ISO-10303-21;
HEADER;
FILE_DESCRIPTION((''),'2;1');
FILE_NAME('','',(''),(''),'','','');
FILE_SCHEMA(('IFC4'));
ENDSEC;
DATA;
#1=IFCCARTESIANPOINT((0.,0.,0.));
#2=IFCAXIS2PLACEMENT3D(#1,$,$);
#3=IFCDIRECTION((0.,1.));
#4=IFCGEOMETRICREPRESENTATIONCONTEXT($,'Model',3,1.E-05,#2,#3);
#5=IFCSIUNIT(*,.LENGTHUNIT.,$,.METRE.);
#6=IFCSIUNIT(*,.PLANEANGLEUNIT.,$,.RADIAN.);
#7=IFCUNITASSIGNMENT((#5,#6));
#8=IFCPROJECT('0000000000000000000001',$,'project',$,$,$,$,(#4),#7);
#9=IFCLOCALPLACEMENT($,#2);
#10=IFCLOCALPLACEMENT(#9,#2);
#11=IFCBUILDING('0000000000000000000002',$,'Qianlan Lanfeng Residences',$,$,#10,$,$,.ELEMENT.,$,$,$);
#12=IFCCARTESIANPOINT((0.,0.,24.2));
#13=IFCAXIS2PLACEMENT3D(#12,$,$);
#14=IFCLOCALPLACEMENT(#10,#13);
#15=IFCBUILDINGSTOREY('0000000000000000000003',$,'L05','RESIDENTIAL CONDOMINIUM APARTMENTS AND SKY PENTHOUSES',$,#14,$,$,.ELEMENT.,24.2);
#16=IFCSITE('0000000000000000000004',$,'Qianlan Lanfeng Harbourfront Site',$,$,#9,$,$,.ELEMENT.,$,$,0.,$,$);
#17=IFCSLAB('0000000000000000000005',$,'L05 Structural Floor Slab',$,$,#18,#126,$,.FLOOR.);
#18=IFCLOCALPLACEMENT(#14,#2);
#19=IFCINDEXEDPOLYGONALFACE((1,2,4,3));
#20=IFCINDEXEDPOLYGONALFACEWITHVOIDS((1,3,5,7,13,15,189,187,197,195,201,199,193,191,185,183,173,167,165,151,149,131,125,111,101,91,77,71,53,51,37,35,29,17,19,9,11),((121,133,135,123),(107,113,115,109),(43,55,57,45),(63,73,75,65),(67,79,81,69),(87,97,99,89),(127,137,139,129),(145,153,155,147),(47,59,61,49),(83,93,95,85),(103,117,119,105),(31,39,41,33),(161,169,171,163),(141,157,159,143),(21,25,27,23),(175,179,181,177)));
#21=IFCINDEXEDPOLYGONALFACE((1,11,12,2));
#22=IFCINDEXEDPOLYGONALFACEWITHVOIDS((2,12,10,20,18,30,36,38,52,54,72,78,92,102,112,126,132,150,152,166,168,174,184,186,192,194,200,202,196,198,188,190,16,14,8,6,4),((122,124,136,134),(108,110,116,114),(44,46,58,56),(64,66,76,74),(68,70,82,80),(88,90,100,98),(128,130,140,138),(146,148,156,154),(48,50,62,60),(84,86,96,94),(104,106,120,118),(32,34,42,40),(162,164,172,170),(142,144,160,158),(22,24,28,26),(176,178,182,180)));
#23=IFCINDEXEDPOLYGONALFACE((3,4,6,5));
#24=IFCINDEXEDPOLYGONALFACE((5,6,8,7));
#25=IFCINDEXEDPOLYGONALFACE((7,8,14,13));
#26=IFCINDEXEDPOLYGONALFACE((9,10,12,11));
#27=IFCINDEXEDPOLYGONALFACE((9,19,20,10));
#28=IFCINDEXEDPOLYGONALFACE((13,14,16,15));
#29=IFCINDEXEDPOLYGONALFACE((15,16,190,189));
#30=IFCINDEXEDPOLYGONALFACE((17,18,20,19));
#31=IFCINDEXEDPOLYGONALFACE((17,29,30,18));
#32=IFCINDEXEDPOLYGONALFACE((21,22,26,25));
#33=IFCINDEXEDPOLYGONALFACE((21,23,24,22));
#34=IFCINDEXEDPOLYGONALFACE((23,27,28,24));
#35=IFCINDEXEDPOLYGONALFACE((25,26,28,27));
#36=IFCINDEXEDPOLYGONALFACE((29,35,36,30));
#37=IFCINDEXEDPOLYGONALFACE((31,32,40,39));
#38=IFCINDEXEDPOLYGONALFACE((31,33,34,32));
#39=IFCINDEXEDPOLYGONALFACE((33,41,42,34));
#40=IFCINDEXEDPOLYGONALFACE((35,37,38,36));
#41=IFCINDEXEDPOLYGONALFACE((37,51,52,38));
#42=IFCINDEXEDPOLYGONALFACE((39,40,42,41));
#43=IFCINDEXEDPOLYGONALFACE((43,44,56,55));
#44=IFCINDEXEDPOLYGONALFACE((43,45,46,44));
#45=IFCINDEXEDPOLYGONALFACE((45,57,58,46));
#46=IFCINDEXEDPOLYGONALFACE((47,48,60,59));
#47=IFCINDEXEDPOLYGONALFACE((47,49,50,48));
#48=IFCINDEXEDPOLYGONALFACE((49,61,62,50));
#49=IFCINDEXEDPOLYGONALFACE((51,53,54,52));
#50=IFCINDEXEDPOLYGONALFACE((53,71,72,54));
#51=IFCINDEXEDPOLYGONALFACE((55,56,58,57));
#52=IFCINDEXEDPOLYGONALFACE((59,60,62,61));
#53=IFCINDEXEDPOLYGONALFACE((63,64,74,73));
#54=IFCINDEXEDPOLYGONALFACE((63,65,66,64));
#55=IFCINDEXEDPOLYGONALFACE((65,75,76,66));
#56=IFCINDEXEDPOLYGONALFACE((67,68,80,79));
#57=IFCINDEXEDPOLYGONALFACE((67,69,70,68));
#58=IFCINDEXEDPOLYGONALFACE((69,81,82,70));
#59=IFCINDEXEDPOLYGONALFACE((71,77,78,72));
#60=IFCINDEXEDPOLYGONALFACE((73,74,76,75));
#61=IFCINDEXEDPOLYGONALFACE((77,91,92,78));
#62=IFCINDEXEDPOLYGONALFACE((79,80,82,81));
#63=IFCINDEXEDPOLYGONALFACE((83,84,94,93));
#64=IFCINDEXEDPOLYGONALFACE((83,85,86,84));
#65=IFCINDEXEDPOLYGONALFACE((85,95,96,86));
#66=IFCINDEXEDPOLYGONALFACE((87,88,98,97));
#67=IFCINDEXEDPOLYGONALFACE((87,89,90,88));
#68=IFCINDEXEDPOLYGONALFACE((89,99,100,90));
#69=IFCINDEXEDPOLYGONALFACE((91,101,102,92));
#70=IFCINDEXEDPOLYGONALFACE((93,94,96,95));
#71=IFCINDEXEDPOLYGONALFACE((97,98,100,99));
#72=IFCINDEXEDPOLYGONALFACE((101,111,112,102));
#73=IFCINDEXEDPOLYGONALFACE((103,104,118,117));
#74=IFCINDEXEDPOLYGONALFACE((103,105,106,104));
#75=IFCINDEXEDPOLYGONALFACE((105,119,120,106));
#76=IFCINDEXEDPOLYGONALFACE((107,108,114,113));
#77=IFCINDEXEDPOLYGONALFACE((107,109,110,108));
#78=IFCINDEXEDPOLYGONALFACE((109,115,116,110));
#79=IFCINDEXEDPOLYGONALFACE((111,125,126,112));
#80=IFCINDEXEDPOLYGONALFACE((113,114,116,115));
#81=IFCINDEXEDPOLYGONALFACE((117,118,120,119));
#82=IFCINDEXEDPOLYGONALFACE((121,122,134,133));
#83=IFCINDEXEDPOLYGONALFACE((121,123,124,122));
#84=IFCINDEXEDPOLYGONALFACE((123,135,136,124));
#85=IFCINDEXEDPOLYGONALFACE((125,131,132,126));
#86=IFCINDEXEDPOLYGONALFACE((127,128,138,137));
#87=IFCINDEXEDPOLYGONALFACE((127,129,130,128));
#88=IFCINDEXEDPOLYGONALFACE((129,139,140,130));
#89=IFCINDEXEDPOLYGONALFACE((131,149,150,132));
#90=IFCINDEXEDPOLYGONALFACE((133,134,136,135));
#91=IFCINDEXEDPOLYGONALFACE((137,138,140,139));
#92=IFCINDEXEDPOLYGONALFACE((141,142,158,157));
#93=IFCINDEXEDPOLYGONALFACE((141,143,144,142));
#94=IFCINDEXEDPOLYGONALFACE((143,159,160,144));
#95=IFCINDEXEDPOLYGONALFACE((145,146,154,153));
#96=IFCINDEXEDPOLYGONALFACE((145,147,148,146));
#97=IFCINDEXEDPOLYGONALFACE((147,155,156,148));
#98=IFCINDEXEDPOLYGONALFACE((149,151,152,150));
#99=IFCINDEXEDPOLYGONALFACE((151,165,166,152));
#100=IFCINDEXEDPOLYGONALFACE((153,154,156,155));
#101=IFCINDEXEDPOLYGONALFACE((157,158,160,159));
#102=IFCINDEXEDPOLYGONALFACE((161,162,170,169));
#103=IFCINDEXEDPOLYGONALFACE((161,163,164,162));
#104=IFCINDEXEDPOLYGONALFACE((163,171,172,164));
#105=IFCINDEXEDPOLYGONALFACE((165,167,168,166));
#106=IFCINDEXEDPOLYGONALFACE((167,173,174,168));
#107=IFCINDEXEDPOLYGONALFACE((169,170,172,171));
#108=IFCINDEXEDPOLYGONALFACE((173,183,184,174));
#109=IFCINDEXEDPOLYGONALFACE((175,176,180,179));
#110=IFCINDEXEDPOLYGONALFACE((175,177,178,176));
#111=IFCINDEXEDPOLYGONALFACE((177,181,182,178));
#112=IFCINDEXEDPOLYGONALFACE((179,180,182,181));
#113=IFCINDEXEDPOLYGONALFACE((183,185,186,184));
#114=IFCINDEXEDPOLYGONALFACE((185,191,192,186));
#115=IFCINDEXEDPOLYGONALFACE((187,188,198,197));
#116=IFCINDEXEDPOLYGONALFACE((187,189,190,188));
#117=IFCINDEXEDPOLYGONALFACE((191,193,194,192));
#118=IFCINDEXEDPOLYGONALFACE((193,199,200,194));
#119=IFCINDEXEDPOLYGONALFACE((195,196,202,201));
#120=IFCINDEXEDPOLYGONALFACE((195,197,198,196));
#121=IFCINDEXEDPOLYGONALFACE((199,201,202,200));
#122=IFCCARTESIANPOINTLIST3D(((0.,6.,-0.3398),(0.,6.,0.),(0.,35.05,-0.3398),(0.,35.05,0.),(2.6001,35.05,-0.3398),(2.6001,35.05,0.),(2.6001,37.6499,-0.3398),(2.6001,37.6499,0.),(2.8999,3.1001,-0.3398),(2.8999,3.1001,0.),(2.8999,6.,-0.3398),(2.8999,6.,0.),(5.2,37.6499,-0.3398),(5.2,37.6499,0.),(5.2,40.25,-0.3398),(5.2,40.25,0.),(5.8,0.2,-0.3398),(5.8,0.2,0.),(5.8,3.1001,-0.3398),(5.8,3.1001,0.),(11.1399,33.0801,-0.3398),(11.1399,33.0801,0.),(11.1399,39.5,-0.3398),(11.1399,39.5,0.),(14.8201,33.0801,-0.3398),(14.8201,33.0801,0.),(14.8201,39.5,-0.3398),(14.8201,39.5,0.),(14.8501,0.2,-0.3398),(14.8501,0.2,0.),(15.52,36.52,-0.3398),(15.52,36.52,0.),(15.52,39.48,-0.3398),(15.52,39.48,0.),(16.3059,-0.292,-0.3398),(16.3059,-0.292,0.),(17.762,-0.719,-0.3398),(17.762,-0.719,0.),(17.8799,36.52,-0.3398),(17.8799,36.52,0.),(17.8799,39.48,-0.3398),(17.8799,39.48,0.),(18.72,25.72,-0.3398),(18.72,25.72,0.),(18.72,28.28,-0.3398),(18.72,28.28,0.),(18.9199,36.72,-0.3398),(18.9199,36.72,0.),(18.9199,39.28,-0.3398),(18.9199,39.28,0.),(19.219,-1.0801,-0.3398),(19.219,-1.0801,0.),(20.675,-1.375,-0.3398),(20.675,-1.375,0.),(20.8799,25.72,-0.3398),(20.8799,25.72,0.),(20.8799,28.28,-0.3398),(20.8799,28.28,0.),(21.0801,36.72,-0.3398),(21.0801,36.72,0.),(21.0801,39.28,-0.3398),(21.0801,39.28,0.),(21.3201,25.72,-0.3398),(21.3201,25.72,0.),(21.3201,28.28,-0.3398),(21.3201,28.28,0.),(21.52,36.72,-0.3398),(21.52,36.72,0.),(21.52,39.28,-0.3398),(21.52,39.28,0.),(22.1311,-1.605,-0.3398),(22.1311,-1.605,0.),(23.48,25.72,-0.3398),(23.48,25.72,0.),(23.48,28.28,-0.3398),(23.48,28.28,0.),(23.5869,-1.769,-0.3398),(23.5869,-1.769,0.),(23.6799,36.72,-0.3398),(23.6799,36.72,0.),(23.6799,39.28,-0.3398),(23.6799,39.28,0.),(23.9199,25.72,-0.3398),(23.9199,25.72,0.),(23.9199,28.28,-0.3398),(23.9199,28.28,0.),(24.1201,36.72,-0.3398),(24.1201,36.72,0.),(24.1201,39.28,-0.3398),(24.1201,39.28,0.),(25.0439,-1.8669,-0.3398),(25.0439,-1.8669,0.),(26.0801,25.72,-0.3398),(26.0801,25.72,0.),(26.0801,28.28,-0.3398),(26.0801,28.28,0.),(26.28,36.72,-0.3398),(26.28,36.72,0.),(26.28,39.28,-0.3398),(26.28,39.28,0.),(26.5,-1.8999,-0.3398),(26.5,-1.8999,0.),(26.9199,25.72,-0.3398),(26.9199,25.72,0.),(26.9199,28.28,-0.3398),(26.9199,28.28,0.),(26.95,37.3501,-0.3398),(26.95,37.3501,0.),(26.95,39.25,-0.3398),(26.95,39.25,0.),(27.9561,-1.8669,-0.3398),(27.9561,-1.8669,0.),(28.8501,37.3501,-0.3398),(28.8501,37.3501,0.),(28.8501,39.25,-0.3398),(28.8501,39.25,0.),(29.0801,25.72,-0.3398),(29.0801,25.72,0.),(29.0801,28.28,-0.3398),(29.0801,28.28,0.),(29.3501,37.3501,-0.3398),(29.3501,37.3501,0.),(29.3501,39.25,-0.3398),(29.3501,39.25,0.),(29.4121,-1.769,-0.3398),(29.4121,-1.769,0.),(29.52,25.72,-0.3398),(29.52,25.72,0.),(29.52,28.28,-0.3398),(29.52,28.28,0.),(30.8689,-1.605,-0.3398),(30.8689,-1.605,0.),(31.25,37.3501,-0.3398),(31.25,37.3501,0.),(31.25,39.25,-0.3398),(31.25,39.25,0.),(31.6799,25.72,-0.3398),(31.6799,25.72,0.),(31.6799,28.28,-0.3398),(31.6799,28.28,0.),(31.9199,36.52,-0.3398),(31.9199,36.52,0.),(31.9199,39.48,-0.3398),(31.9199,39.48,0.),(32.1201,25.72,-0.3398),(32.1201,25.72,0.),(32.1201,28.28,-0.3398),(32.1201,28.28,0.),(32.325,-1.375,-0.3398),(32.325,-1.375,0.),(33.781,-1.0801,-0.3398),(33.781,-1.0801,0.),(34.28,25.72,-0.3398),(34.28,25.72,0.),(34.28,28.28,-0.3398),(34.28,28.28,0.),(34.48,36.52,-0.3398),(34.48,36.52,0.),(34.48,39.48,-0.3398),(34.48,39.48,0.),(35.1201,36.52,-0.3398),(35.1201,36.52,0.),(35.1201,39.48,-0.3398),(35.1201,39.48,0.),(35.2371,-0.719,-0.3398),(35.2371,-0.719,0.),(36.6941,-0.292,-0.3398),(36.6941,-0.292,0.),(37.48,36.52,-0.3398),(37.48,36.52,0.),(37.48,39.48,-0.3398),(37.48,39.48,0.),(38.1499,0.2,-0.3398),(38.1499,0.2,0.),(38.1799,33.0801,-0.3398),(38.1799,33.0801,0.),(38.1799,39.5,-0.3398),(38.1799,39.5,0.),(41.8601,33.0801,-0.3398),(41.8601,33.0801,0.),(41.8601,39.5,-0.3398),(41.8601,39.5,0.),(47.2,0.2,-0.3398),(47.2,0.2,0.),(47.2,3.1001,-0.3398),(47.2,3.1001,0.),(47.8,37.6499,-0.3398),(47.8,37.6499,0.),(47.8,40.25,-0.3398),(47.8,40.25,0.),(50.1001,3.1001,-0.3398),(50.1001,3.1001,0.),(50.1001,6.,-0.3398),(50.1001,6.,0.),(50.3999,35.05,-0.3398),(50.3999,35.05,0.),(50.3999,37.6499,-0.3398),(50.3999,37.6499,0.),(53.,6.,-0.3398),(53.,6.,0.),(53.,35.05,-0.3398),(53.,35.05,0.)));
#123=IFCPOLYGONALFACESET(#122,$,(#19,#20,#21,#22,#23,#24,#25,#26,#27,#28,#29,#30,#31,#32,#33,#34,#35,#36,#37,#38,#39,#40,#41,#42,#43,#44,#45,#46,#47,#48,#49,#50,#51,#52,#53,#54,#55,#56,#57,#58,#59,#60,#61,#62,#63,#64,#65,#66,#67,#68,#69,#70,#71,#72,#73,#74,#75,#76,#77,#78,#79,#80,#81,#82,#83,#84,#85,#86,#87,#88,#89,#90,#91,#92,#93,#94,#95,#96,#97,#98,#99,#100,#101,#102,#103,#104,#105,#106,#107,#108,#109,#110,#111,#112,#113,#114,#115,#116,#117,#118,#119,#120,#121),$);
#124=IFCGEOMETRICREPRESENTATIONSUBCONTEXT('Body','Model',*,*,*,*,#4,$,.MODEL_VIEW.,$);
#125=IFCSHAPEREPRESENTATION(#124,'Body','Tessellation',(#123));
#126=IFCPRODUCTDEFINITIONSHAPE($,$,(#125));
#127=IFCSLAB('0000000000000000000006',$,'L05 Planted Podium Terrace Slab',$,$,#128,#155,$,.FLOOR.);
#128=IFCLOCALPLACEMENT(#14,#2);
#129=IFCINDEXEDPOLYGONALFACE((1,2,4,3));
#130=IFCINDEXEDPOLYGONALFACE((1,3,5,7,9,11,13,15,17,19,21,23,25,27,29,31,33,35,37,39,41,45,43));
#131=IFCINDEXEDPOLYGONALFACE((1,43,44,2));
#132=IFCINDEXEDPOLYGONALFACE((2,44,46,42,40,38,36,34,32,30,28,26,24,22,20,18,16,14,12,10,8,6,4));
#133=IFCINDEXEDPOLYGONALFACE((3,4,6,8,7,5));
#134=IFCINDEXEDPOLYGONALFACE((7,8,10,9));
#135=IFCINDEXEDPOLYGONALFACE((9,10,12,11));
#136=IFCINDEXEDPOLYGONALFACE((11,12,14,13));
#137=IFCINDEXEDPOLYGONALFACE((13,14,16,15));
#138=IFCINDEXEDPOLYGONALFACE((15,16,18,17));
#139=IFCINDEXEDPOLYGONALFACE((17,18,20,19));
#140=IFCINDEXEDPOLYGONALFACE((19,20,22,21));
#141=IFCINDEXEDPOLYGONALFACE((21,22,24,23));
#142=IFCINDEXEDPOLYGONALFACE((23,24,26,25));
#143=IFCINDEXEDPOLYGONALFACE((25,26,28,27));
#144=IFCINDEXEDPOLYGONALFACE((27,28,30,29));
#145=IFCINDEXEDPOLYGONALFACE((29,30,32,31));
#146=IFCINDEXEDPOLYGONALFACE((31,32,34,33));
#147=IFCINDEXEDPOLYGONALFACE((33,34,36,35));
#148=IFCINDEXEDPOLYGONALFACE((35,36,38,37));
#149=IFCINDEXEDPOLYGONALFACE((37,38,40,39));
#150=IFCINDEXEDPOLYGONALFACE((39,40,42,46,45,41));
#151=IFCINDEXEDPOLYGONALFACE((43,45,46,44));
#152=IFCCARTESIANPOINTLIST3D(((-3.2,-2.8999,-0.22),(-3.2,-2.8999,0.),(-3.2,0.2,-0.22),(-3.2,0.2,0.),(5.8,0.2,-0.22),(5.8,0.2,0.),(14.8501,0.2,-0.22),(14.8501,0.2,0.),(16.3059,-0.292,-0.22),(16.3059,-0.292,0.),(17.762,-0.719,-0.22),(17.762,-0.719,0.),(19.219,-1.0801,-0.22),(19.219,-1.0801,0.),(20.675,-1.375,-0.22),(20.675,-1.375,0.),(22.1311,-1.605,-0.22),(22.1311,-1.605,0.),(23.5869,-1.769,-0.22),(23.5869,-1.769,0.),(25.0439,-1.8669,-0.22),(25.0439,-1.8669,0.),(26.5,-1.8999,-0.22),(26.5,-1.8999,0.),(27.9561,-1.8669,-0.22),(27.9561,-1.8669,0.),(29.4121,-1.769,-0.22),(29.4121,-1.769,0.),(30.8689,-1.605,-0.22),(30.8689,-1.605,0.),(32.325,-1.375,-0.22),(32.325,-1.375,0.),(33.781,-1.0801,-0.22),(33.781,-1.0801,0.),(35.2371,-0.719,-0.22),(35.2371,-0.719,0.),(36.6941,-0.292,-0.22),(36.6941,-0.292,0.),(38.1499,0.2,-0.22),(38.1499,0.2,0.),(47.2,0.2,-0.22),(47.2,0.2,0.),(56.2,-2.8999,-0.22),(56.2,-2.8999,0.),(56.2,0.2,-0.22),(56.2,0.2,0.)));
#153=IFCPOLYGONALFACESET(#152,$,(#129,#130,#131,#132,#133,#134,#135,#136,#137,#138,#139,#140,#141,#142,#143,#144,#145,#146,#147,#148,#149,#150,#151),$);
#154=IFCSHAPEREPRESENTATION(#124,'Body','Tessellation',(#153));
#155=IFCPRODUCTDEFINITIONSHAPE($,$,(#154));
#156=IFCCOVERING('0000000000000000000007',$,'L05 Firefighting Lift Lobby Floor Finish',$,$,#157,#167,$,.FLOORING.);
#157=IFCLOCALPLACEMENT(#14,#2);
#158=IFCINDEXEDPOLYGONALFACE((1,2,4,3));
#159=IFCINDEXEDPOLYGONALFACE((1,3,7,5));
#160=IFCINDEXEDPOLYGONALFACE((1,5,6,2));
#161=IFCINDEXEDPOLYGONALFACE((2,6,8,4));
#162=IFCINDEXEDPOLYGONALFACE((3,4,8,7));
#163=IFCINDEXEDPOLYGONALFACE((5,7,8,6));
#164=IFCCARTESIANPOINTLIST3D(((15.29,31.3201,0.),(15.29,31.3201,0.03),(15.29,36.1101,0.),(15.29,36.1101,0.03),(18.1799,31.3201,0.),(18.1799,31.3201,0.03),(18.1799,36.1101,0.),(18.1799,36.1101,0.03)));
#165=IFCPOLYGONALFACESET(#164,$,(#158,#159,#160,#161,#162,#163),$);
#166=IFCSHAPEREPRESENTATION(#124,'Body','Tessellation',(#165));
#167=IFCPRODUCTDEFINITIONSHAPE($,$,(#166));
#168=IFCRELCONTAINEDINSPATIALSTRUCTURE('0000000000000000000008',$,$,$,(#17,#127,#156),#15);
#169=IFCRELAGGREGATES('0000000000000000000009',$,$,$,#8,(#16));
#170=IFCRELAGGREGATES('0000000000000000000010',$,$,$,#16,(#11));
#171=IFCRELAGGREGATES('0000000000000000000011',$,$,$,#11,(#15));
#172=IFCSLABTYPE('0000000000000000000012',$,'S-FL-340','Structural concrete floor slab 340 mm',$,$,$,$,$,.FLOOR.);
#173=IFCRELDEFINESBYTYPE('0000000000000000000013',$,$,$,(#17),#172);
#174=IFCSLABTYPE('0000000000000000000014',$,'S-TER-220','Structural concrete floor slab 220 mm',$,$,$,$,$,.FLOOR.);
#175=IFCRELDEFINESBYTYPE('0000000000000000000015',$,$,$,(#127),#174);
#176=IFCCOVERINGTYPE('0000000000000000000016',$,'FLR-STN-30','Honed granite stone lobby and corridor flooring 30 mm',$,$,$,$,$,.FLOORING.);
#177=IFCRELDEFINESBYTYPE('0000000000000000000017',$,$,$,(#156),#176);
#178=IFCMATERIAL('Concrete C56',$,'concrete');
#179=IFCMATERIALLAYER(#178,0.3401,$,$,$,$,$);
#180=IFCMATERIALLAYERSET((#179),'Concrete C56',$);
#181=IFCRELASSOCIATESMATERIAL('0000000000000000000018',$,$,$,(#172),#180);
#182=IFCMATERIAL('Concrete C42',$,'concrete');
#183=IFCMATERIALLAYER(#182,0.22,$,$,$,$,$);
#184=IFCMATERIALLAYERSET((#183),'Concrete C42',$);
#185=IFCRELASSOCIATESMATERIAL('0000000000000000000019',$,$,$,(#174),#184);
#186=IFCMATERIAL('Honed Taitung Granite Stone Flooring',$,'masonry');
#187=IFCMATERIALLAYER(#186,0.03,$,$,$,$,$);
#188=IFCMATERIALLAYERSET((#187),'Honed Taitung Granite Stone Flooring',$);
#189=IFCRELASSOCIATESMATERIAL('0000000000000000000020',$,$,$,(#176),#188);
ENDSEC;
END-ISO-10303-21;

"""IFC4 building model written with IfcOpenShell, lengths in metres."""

from ifc_helpers import new_model, si_unit, direction, frame, origin, place, context, subcontext, project, spatial, polyline, outline, extrude, material, layer, layer_set, type_object, element, save


model = new_model("IFC4")

# Units and contexts
model_context = context("Model", 3, precision=1e-05, world=origin(), true_north=direction((0.0, 1.0)))
body_context = subcontext(model_context, "Body", "Model", "MODEL_VIEW")
ifc_project = project(units=[si_unit("LENGTHUNIT", "METRE"), si_unit("PLANEANGLEUNIT", "RADIAN")], contexts=[model_context])

# Site, building, storey
site_placement = place(None, origin())
site = spatial("IfcSite", under=ifc_project, at=site_placement, Name="Qianlan Lanfeng Harbourfront Site", CompositionType="ELEMENT", RefElevation=0.0)
building_placement = place(site_placement, origin())
building = spatial("IfcBuilding", under=site, at=building_placement, Name="Qianlan Lanfeng Residences", CompositionType="ELEMENT")
storey_placement = place(building_placement, frame((0.0, 0.0, 24.2)))
storey = spatial("IfcBuildingStorey", under=building, at=storey_placement, Name="L05", Description="RESIDENTIAL CONDOMINIUM APARTMENTS AND SKY PENTHOUSES", CompositionType="ELEMENT", Elevation=24.2)

# Slabs
ifc_material_1 = material(Name="Concrete C56", Category="concrete")
ifc_layer_1 = layer(ifc_material_1, 0.3401)
ifc_layer_set_1 = layer_set([ifc_layer_1], Name="Concrete C56")
slab_type_1 = type_object("IfcSlabType", Name="S-FL-340", Description="Structural concrete floor slab 340 mm", PredefinedType="FLOOR", material=ifc_layer_set_1)
slab_1_placement = place(storey_placement, frame((0.0, 0.0, -0.3398)))
element("IfcSlab", 1, at=slab_1_placement, inside=storey, type_object=slab_type_1, Name="L05 Structural Floor Slab", PredefinedType="FLOOR", context=body_context, shape_type="SweptSolid", body=[
    extrude(outline(polyline([(0.0, 6.0), (2.8999, 6.0), (2.8999, 3.1001), (5.8, 3.1001), (5.8, 0.2), (14.8501, 0.2), (16.3059, -0.292), (17.762, -0.719), (19.219, -1.0801), (20.675, -1.375), (22.1311, -1.605), (23.5869, -1.769), (25.0439, -1.8669), (26.5, -1.8999), (27.9561, -1.8669), (29.4121, -1.769), (30.8689, -1.605), (32.325, -1.375), (33.781, -1.0801), (35.2371, -0.719), (36.6941, -0.292), (38.1499, 0.2), (47.2, 0.2), (47.2, 3.1001), (50.1001, 3.1001), (50.1001, 6.0), (53.0, 6.0), (53.0, 35.05), (50.3999, 35.05), (50.3999, 37.6499), (47.8, 37.6499), (47.8, 40.25), (5.2, 40.25), (5.2, 37.6499), (2.6001, 37.6499), (2.6001, 35.05), (0.0, 35.05), (0.0, 6.0)]), holes=[polyline([(11.1399, 33.0801), (11.1399, 39.5), (14.8201, 39.5), (14.8201, 33.0801), (11.1399, 33.0801)]), polyline([(38.1799, 33.0801), (38.1799, 39.5), (41.8601, 39.5), (41.8601, 33.0801), (38.1799, 33.0801)]), polyline([(15.52, 36.52), (15.52, 39.48), (17.8799, 39.48), (17.8799, 36.52), (15.52, 36.52)]), polyline([(35.1201, 36.52), (35.1201, 39.48), (37.48, 39.48), (37.48, 36.52), (35.1201, 36.52)]), polyline([(31.9199, 36.52), (31.9199, 39.48), (34.48, 39.48), (34.48, 36.52), (31.9199, 36.52)]), polyline([(18.72, 25.72), (18.72, 28.28), (20.8799, 28.28), (20.8799, 25.72), (18.72, 25.72)]), polyline([(21.3201, 25.72), (21.3201, 28.28), (23.48, 28.28), (23.48, 25.72), (21.3201, 25.72)]), polyline([(23.9199, 25.72), (23.9199, 28.28), (26.0801, 28.28), (26.0801, 25.72), (23.9199, 25.72)]), polyline([(26.9199, 25.72), (26.9199, 28.28), (29.0801, 28.28), (29.0801, 25.72), (26.9199, 25.72)]), polyline([(29.52, 25.72), (29.52, 28.28), (31.6799, 28.28), (31.6799, 25.72), (29.52, 25.72)]), polyline([(32.1201, 25.72), (32.1201, 28.28), (34.28, 28.28), (34.28, 25.72), (32.1201, 25.72)]), polyline([(18.9199, 36.72), (18.9199, 39.28), (21.0801, 39.28), (21.0801, 36.72), (18.9199, 36.72)]), polyline([(21.52, 36.72), (21.52, 39.28), (23.6799, 39.28), (23.6799, 36.72), (21.52, 36.72)]), polyline([(24.1201, 36.72), (24.1201, 39.28), (26.28, 39.28), (26.28, 36.72), (24.1201, 36.72)]), polyline([(26.95, 37.3501), (26.95, 39.25), (28.8501, 39.25), (28.8501, 37.3501), (26.95, 37.3501)]), polyline([(29.3501, 37.3501), (29.3501, 39.25), (31.25, 39.25), (31.25, 37.3501), (29.3501, 37.3501)])]), origin(), (0.0, 0.0, 1.0), 0.3398),
])
ifc_material_2 = material(Name="Concrete C42", Category="concrete")
ifc_layer_2 = layer(ifc_material_2, 0.22)
ifc_layer_set_2 = layer_set([ifc_layer_2], Name="Concrete C42")
slab_type_2 = type_object("IfcSlabType", Name="S-TER-220", Description="Structural concrete floor slab 220 mm", PredefinedType="FLOOR", material=ifc_layer_set_2)
slab_2_placement = place(storey_placement, frame((0.0, 0.0, -0.22)))
element("IfcSlab", 2, at=slab_2_placement, inside=storey, type_object=slab_type_2, Name="L05 Planted Podium Terrace Slab", PredefinedType="FLOOR", context=body_context, shape_type="SweptSolid", body=[
    extrude(outline(polyline([(47.2, 0.2), (38.1499, 0.2), (36.6941, -0.292), (35.2371, -0.719), (33.781, -1.0801), (32.325, -1.375), (30.8689, -1.605), (29.4121, -1.769), (27.9561, -1.8669), (26.5, -1.8999), (25.0439, -1.8669), (23.5869, -1.769), (22.1311, -1.605), (20.675, -1.375), (19.219, -1.0801), (17.762, -0.719), (16.3059, -0.292), (14.8501, 0.2), (5.8, 0.2), (-3.2, 0.2), (-3.2, -2.8999), (56.2, -2.8999), (56.2, 0.2), (47.2, 0.2)])), origin(), (0.0, 0.0, 1.0), 0.22),
])

# Covering
ifc_material_3 = material(Name="Honed Taitung Granite Stone Flooring", Category="masonry")
ifc_layer_3 = layer(ifc_material_3, 0.03)
ifc_layer_set_3 = layer_set([ifc_layer_3], Name="Honed Taitung Granite Stone Flooring")
covering_type_1 = type_object("IfcCoveringType", Name="FLR-STN-30", Description="Honed granite stone lobby and corridor flooring 30 mm", PredefinedType="FLOORING", material=ifc_layer_set_3)
covering_1_placement = place(storey_placement, origin())
element("IfcCovering", 3, at=covering_1_placement, inside=storey, type_object=covering_type_1, Name="L05 Firefighting Lift Lobby Floor Finish", PredefinedType="FLOORING", context=body_context, shape_type="SweptSolid", body=[
    extrude(outline(polyline([(15.29, 31.3201), (18.1799, 31.3201), (18.1799, 36.1101), (15.29, 36.1101), (15.29, 31.3201)])), origin(), (0.0, 0.0, 1.0), 0.03),
])

save(model, "model.ifc")
